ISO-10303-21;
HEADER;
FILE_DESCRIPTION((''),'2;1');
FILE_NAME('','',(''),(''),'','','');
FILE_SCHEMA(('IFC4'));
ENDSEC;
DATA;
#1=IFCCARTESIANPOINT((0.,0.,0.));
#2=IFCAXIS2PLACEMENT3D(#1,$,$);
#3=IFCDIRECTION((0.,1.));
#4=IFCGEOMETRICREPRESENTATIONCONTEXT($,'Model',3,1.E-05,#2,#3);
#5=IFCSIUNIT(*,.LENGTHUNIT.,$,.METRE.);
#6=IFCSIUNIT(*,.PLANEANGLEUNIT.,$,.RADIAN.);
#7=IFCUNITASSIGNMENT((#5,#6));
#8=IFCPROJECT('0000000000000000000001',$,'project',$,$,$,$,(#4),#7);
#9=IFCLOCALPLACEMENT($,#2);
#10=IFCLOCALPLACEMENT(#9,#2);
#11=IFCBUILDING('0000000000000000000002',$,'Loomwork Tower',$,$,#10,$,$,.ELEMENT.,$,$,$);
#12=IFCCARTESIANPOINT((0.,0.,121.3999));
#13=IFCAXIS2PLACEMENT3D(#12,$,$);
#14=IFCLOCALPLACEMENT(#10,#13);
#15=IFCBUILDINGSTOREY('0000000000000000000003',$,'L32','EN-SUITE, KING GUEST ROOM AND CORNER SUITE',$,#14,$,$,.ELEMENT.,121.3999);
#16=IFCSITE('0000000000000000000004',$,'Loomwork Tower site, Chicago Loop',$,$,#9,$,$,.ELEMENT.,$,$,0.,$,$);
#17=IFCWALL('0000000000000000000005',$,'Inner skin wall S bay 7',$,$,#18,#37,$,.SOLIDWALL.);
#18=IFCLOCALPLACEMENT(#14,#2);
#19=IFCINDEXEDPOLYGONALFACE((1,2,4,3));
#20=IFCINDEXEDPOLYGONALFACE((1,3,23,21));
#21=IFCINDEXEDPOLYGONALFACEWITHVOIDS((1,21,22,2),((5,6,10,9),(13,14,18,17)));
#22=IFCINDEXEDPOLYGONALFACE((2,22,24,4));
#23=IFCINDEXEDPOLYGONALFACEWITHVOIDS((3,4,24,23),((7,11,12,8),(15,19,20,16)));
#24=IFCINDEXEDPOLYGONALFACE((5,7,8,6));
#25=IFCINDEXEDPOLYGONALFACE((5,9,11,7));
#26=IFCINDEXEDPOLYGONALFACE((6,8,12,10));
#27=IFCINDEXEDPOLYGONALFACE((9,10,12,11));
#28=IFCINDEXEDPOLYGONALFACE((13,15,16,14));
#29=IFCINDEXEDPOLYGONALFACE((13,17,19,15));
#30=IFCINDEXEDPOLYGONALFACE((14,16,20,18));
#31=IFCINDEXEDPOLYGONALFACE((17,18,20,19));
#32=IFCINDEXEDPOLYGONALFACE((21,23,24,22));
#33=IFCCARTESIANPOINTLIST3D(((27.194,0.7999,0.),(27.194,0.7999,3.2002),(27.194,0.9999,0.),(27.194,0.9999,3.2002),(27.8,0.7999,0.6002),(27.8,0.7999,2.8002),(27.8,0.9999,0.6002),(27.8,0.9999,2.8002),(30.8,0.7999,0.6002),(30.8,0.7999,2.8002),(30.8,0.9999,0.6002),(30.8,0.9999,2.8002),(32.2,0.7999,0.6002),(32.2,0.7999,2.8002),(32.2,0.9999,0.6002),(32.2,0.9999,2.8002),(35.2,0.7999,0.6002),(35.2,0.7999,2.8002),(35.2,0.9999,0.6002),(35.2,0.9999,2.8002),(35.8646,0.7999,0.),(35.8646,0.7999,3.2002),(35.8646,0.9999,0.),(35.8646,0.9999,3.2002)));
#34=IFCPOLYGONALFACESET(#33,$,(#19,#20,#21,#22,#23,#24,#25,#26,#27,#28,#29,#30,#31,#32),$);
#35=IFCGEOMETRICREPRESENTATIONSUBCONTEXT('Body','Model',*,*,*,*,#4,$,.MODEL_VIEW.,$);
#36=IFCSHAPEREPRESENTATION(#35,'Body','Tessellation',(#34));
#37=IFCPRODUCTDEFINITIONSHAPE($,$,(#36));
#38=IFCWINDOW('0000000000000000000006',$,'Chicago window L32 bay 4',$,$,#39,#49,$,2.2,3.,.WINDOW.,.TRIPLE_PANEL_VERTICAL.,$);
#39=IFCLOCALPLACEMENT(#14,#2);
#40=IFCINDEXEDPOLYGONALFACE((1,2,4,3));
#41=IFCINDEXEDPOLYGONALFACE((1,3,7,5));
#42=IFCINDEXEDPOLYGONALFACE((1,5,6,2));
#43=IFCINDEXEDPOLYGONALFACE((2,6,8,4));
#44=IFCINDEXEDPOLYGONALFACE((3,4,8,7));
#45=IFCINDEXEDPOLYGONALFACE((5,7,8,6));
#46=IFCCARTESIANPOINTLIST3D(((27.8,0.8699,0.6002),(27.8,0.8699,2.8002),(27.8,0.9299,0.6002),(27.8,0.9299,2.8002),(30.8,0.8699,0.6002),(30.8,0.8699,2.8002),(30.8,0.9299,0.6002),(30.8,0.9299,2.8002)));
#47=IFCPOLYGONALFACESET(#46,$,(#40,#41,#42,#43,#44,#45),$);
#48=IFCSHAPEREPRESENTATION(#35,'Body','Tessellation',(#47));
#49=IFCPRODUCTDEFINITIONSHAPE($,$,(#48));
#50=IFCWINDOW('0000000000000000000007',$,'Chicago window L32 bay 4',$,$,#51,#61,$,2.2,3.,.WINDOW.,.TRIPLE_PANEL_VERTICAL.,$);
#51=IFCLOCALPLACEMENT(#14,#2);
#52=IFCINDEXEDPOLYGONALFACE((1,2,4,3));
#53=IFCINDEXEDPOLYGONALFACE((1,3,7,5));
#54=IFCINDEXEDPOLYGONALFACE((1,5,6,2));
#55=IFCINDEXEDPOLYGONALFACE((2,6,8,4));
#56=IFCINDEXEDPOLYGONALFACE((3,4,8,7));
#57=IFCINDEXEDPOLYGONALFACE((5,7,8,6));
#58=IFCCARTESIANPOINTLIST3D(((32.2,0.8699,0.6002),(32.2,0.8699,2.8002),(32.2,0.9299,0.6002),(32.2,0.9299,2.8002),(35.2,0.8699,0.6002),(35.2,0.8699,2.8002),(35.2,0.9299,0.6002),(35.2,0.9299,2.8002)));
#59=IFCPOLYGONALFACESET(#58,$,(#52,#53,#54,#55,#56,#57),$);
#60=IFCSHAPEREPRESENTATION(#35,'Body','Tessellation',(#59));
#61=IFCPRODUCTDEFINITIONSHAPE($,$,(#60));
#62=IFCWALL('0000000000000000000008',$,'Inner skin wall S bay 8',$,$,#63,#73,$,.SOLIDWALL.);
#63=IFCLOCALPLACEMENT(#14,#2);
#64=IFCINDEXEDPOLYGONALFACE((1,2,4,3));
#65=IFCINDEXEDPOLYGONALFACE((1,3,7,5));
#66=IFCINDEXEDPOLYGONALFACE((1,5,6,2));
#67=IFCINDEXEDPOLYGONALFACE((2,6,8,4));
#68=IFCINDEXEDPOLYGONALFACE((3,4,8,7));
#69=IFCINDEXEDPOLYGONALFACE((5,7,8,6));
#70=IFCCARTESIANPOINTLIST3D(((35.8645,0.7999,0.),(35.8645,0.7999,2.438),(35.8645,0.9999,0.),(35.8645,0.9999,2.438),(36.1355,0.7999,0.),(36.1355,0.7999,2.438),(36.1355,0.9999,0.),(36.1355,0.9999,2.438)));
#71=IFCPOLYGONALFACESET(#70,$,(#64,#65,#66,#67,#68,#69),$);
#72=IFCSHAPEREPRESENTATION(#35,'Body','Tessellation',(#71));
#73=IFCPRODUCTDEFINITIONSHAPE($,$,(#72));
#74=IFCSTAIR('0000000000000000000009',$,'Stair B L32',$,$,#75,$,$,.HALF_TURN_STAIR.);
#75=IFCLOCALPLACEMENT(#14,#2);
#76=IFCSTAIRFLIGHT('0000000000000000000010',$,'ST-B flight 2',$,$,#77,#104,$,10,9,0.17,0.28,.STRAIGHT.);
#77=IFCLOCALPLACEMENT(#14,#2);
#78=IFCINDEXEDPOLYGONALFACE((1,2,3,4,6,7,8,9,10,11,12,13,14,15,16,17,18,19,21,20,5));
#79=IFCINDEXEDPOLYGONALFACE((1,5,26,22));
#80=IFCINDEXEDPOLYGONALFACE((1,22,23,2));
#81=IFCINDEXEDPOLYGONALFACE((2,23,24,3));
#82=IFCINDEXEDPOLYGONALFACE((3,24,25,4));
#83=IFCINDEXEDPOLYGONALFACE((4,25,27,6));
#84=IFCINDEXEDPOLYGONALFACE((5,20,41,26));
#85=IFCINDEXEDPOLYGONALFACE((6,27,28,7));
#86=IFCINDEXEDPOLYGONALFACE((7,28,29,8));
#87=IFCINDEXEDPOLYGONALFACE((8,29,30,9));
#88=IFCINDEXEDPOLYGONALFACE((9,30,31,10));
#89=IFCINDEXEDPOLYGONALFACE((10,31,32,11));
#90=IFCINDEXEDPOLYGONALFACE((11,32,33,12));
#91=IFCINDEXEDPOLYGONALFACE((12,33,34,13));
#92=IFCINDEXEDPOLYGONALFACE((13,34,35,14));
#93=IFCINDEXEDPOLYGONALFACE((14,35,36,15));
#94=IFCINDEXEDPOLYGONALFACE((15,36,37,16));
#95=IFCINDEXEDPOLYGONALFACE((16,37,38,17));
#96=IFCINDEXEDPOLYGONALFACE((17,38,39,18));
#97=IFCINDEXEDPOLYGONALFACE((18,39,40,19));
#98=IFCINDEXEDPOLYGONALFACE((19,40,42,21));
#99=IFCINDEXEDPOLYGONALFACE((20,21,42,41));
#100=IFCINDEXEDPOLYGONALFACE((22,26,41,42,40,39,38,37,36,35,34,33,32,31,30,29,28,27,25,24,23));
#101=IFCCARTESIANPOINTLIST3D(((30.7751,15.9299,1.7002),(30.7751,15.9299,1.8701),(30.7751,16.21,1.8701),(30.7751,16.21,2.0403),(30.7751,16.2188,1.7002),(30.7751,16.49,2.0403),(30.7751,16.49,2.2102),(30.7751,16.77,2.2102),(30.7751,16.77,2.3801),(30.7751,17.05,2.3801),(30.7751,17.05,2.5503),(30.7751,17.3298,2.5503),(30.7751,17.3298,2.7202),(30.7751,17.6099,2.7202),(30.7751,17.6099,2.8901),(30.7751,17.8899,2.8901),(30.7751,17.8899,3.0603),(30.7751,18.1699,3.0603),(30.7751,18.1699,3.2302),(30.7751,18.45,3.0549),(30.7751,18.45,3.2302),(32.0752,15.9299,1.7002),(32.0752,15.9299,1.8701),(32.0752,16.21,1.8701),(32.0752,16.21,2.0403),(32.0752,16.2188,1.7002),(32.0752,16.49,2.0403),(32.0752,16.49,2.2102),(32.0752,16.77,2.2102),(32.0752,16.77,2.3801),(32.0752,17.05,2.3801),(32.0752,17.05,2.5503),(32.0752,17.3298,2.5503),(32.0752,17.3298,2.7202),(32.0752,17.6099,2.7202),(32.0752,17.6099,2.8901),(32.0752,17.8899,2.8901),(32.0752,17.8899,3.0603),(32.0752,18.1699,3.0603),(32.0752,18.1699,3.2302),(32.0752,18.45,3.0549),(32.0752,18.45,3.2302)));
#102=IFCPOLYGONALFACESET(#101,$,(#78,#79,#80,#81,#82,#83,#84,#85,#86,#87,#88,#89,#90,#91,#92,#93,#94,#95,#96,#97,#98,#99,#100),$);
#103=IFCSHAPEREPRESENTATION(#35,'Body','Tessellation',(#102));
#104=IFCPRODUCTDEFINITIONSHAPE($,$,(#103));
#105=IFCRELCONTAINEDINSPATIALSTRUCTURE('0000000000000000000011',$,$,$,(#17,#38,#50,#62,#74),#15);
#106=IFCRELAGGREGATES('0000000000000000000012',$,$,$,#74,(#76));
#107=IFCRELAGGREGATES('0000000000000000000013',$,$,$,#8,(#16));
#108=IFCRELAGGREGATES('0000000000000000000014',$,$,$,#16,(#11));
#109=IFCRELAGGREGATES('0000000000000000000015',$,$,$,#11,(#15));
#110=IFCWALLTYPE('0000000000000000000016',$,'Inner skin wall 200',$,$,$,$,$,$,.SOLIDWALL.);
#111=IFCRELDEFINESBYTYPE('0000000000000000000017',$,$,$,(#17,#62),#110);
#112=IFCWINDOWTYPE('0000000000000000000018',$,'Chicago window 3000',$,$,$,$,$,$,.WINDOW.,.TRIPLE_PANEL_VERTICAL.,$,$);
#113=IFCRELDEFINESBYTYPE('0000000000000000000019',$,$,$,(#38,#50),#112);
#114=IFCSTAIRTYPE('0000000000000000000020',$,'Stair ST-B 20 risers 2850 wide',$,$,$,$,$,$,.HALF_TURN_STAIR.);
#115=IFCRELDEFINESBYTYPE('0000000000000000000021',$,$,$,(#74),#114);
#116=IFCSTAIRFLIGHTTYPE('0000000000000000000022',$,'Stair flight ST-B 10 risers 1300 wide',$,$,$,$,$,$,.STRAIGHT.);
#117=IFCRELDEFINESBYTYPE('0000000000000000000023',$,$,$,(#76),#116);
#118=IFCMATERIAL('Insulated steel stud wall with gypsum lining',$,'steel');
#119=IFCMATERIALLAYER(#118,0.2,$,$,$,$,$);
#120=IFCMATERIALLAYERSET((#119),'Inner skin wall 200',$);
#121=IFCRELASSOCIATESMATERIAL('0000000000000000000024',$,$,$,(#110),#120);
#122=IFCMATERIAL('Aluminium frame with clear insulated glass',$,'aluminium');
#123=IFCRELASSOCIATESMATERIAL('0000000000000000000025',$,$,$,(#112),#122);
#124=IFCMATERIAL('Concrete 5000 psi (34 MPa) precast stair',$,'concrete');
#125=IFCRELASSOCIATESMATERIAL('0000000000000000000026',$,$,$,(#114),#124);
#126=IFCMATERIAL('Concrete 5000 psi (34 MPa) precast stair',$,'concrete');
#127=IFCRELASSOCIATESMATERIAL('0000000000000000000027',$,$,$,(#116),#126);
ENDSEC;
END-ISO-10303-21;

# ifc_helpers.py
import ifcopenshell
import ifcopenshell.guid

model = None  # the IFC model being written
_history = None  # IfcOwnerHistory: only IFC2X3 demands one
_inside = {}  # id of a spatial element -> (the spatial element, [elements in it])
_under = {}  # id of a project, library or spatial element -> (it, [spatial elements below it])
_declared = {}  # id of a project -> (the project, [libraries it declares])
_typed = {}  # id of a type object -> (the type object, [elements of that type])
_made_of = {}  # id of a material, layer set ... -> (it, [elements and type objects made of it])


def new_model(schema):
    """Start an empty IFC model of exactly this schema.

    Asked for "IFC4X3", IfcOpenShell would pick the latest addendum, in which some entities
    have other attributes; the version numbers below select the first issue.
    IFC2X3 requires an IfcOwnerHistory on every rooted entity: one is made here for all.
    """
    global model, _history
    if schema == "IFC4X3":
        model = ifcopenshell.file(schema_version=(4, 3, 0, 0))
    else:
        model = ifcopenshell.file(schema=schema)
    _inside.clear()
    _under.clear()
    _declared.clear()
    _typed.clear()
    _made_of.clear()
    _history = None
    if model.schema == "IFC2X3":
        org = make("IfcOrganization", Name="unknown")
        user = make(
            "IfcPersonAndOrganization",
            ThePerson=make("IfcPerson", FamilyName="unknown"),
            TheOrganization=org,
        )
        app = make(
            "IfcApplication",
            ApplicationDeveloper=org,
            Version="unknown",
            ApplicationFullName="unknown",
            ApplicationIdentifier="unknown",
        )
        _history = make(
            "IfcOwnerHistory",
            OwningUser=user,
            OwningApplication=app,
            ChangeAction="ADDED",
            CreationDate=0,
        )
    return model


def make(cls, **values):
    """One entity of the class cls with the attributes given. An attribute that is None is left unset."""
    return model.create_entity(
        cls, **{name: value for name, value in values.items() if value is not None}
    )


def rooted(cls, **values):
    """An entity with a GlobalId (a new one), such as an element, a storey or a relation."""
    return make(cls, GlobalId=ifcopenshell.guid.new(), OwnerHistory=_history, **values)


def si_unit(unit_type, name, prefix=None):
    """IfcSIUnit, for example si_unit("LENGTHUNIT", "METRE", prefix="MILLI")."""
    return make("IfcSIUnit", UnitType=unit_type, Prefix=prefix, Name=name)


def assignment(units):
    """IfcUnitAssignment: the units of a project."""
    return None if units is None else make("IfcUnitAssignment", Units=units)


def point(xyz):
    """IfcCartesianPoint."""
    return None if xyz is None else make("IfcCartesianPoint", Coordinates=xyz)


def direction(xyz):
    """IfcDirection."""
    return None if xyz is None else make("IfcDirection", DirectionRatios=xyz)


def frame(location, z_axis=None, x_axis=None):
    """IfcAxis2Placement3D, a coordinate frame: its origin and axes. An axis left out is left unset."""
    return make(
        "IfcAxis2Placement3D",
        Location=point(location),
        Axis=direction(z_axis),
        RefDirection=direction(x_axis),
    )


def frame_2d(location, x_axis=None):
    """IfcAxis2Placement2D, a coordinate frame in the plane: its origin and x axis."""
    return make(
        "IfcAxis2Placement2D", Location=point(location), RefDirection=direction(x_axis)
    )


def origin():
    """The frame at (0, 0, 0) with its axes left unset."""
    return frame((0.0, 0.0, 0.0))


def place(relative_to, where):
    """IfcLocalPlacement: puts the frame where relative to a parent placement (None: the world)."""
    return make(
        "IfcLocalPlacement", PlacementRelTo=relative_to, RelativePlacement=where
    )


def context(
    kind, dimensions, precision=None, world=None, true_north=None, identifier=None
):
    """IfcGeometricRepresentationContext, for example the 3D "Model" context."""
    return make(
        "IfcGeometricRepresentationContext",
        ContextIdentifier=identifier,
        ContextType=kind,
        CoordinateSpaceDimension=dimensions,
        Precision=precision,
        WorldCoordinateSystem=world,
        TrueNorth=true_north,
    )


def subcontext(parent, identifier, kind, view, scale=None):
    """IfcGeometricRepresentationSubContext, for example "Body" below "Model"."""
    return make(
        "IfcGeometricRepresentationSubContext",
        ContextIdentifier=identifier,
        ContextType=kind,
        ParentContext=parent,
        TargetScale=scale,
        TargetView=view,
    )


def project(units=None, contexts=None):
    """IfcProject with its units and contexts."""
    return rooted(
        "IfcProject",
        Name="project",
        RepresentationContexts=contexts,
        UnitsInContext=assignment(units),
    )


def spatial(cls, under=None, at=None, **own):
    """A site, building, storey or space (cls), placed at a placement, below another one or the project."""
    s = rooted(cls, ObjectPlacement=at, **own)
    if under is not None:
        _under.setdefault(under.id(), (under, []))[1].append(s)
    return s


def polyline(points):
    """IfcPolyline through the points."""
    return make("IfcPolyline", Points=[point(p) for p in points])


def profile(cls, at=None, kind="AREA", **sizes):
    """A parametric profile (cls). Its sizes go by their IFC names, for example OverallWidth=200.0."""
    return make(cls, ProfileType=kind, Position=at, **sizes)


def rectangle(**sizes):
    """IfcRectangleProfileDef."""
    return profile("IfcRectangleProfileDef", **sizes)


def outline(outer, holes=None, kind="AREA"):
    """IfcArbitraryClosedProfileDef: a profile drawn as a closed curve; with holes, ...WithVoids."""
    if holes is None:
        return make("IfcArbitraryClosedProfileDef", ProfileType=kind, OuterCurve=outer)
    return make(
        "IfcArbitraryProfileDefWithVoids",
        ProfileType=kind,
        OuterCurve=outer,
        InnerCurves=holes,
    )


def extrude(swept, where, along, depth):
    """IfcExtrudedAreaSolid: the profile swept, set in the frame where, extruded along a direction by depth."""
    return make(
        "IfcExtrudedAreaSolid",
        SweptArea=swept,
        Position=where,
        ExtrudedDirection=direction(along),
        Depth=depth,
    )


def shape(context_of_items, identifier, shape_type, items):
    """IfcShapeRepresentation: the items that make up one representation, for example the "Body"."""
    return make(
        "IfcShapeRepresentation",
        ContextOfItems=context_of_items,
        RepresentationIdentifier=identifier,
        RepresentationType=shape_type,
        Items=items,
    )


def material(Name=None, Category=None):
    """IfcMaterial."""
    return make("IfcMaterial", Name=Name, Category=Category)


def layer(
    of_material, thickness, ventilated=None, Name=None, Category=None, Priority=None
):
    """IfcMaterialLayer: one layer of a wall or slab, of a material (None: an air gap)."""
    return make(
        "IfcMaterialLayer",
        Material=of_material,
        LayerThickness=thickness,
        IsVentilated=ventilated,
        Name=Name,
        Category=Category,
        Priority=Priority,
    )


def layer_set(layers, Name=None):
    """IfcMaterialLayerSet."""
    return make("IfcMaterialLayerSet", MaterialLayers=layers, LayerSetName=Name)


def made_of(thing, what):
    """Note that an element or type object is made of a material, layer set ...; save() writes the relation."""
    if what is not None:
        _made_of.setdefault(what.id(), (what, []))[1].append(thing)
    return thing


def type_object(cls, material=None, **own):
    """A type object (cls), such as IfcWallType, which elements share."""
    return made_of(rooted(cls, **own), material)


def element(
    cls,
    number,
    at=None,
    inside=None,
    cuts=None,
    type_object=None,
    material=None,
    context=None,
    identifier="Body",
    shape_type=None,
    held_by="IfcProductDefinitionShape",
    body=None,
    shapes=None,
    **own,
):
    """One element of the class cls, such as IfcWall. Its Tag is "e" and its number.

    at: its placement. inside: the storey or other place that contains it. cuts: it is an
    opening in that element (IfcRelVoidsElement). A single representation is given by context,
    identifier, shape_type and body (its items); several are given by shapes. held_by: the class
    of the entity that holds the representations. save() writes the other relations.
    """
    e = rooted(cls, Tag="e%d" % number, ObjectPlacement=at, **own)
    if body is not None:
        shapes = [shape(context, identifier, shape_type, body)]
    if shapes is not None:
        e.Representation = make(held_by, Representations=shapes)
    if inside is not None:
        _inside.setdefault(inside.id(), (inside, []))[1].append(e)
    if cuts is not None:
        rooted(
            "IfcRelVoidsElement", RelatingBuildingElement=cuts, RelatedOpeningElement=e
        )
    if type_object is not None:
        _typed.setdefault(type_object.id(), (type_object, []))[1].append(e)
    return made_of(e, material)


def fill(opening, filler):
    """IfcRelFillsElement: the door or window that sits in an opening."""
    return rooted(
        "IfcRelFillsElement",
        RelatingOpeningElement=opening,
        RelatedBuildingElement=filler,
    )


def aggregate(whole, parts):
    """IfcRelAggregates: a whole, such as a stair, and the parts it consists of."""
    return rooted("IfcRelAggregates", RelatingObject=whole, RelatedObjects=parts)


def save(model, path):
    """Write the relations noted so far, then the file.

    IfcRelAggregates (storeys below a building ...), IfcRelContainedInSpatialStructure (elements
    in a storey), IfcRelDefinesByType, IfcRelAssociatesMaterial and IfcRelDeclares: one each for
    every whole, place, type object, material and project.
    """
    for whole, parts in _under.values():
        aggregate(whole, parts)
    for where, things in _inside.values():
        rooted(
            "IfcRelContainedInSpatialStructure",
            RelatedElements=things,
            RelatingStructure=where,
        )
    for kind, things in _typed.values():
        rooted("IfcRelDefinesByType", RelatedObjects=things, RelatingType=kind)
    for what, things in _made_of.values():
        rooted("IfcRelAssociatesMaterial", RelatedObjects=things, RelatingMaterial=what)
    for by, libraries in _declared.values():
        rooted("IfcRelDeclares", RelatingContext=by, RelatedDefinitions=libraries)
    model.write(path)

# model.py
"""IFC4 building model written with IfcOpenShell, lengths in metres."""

from ifc_helpers import new_model, si_unit, direction, frame, frame_2d, origin, place, context, subcontext, project, spatial, polyline, rectangle, outline, extrude, material, layer, layer_set, type_object, element, fill, aggregate, save


model = new_model("IFC4")

# Units and contexts
model_context = context("Model", 3, precision=1e-05, world=origin(), true_north=direction((0.0, 1.0)))
body_context = subcontext(model_context, "Body", "Model", "MODEL_VIEW")
ifc_project = project(units=[si_unit("LENGTHUNIT", "METRE"), si_unit("PLANEANGLEUNIT", "RADIAN")], contexts=[model_context])

# Site, building, storey
site_placement = place(None, origin())
site = spatial("IfcSite", under=ifc_project, at=site_placement, Name="Loomwork Tower site, Chicago Loop", CompositionType="ELEMENT", RefElevation=0.0)
building_placement = place(site_placement, origin())
building = spatial("IfcBuilding", under=site, at=building_placement, Name="Loomwork Tower", CompositionType="ELEMENT")
storey_placement = place(building_placement, frame((0.0, 0.0, 121.3999)))
storey = spatial("IfcBuildingStorey", under=building, at=storey_placement, Name="L32", Description="EN-SUITE, KING GUEST ROOM AND CORNER SUITE", CompositionType="ELEMENT", Elevation=121.3999)

# Wall, openings, windows
ifc_material_1 = material(Name="Insulated steel stud wall with gypsum lining", Category="steel")
ifc_layer_1 = layer(ifc_material_1, 0.2)
ifc_layer_set_1 = layer_set([ifc_layer_1], Name="Inner skin wall 200")
wall_type_1 = type_object("IfcWallType", Name="Inner skin wall 200", PredefinedType="SOLIDWALL", material=ifc_layer_set_1)
wall_1_placement = place(storey_placement, frame((27.1938, 0.8999, 0.0), z_axis=(0.0, 0.0, 1.0), x_axis=(1.0, 0.0, 0.0)))
wall_1 = element("IfcWall", 1, at=wall_1_placement, inside=storey, type_object=wall_type_1, Name="Inner skin wall S bay 7", PredefinedType="SOLIDWALL", context=body_context, shape_type="SweptSolid", body=[
    extrude(rectangle(XDim=8.6707, YDim=0.2, at=frame_2d((4.3354, 0.0))), origin(), (0.0, 0.0, 1.0), 3.2002),
])
opening_1_placement = place(wall_1_placement, frame((0.6062, 0.0, 0.6001)))
opening_1 = element("IfcOpeningElement", 2, at=opening_1_placement, cuts=wall_1, PredefinedType="OPENING", context=body_context, shape_type="SweptSolid", body=[
    extrude(rectangle(XDim=3.0, YDim=2.2, at=frame_2d((1.5, 1.1001))), frame((0.0, 0.1099, 0.0), z_axis=(0.0, -1.0, 0.0), x_axis=(1.0, 0.0, 0.0)), (0.0, 0.0, 1.0), 0.22),
])
opening_2_placement = place(wall_1_placement, frame((5.0061, 0.0, 0.6001)))
opening_2 = element("IfcOpeningElement", 3, at=opening_2_placement, cuts=wall_1, PredefinedType="OPENING", context=body_context, shape_type="SweptSolid", body=[
    extrude(rectangle(XDim=3.0, YDim=2.2, at=frame_2d((1.5, 1.1001))), frame((0.0, 0.1099, 0.0), z_axis=(0.0, -1.0, 0.0), x_axis=(1.0, 0.0, 0.0)), (0.0, 0.0, 1.0), 0.22),
])
ifc_material_2 = material(Name="Aluminium frame with clear insulated glass", Category="aluminium")
window_type = type_object("IfcWindowType", Name="Chicago window 3000", PartitioningType="TRIPLE_PANEL_VERTICAL", PredefinedType="WINDOW", material=ifc_material_2)
window_1_placement = place(opening_1_placement, origin())
window_1 = element("IfcWindow", 4, at=window_1_placement, inside=storey, type_object=window_type, Name="Chicago window L32 bay 4", OverallHeight=2.2, OverallWidth=3.0, PartitioningType="TRIPLE_PANEL_VERTICAL", PredefinedType="WINDOW", context=body_context, shape_type="SweptSolid", body=[
    extrude(rectangle(XDim=3.0, YDim=2.2, at=frame_2d((1.5, 1.1001))), frame((0.0, 0.03, 0.0), z_axis=(0.0, -1.0, 0.0), x_axis=(1.0, 0.0, 0.0)), (0.0, 0.0, 1.0), 0.0601),
])
fill(opening_1, window_1)
window_2_placement = place(opening_2_placement, origin())
window_2 = element("IfcWindow", 5, at=window_2_placement, inside=storey, type_object=window_type, Name="Chicago window L32 bay 4", OverallHeight=2.2, OverallWidth=3.0, PartitioningType="TRIPLE_PANEL_VERTICAL", PredefinedType="WINDOW", context=body_context, shape_type="SweptSolid", body=[
    extrude(rectangle(XDim=3.0, YDim=2.2, at=frame_2d((1.5, 1.1001))), frame((0.0, 0.03, 0.0), z_axis=(0.0, -1.0, 0.0), x_axis=(1.0, 0.0, 0.0)), (0.0, 0.0, 1.0), 0.0601),
])
fill(opening_2, window_2)

# Wall
wall_2_placement = place(storey_placement, frame((35.8645, 0.8999, 0.0), z_axis=(0.0, 0.0, 1.0), x_axis=(1.0, 0.0, 0.0)))
element("IfcWall", 6, at=wall_2_placement, inside=storey, type_object=wall_type_1, Name="Inner skin wall S bay 8", PredefinedType="SOLIDWALL", context=body_context, shape_type="SweptSolid", body=[
    extrude(rectangle(XDim=0.271, YDim=0.2, at=frame_2d((0.1355, 0.0))), origin(), (0.0, 0.0, 1.0), 2.438),
])

# Stair, stair flight
ifc_material_3 = material(Name="Concrete 5000 psi (34 MPa) precast stair", Category="concrete")
stair_type = type_object("IfcStairType", Name="Stair ST-B 20 risers 2850 wide", PredefinedType="HALF_TURN_STAIR", material=ifc_material_3)
stair_placement = place(storey_placement, origin())
stair = element("IfcStair", 7, at=stair_placement, inside=storey, type_object=stair_type, Name="Stair B L32", PredefinedType="HALF_TURN_STAIR")
ifc_material_4 = material(Name="Concrete 5000 psi (34 MPa) precast stair", Category="concrete")
stair_flight_type = type_object("IfcStairFlightType", Name="Stair flight ST-B 10 risers 1300 wide", PredefinedType="STRAIGHT", material=ifc_material_4)
stair_flight_placement = place(storey_placement, frame((31.425, 15.9299, 1.7002), z_axis=(0.0, 0.0, 1.0), x_axis=(0.0, 1.0, 0.0)))
stair_flight = element("IfcStairFlight", 8, at=stair_flight_placement, type_object=stair_flight_type, Name="ST-B flight 2", NumberOfRisers=10, NumberOfTreads=9, PredefinedType="STRAIGHT", RiserHeight=0.17, TreadLength=0.28, context=body_context, shape_type="SweptSolid", body=[
    extrude(outline(polyline([(0.0, 0.0), (0.0, 0.1699), (0.28, 0.1699), (0.28, 0.3401), (0.5601, 0.3401), (0.5601, 0.51), (0.8401, 0.51), (0.8401, 0.6799), (1.1201, 0.6799), (1.1201, 0.8501), (1.3999, 0.8501), (1.3999, 1.02), (1.6799, 1.02), (1.6799, 1.1899), (1.96, 1.1899), (1.96, 1.3601), (2.24, 1.3601), (2.24, 1.53), (2.52, 1.53), (2.52, 1.7), (2.52, 1.3547), (0.2888, 0.0), (0.0, 0.0)])), frame((0.0, 0.6499, 0.0), z_axis=(0.0, -1.0, 0.0), x_axis=(1.0, 0.0, 0.0)), (0.0, 0.0, 1.0), 1.3),
])
aggregate(stair, [stair_flight])

save(model, "model.ifc")
